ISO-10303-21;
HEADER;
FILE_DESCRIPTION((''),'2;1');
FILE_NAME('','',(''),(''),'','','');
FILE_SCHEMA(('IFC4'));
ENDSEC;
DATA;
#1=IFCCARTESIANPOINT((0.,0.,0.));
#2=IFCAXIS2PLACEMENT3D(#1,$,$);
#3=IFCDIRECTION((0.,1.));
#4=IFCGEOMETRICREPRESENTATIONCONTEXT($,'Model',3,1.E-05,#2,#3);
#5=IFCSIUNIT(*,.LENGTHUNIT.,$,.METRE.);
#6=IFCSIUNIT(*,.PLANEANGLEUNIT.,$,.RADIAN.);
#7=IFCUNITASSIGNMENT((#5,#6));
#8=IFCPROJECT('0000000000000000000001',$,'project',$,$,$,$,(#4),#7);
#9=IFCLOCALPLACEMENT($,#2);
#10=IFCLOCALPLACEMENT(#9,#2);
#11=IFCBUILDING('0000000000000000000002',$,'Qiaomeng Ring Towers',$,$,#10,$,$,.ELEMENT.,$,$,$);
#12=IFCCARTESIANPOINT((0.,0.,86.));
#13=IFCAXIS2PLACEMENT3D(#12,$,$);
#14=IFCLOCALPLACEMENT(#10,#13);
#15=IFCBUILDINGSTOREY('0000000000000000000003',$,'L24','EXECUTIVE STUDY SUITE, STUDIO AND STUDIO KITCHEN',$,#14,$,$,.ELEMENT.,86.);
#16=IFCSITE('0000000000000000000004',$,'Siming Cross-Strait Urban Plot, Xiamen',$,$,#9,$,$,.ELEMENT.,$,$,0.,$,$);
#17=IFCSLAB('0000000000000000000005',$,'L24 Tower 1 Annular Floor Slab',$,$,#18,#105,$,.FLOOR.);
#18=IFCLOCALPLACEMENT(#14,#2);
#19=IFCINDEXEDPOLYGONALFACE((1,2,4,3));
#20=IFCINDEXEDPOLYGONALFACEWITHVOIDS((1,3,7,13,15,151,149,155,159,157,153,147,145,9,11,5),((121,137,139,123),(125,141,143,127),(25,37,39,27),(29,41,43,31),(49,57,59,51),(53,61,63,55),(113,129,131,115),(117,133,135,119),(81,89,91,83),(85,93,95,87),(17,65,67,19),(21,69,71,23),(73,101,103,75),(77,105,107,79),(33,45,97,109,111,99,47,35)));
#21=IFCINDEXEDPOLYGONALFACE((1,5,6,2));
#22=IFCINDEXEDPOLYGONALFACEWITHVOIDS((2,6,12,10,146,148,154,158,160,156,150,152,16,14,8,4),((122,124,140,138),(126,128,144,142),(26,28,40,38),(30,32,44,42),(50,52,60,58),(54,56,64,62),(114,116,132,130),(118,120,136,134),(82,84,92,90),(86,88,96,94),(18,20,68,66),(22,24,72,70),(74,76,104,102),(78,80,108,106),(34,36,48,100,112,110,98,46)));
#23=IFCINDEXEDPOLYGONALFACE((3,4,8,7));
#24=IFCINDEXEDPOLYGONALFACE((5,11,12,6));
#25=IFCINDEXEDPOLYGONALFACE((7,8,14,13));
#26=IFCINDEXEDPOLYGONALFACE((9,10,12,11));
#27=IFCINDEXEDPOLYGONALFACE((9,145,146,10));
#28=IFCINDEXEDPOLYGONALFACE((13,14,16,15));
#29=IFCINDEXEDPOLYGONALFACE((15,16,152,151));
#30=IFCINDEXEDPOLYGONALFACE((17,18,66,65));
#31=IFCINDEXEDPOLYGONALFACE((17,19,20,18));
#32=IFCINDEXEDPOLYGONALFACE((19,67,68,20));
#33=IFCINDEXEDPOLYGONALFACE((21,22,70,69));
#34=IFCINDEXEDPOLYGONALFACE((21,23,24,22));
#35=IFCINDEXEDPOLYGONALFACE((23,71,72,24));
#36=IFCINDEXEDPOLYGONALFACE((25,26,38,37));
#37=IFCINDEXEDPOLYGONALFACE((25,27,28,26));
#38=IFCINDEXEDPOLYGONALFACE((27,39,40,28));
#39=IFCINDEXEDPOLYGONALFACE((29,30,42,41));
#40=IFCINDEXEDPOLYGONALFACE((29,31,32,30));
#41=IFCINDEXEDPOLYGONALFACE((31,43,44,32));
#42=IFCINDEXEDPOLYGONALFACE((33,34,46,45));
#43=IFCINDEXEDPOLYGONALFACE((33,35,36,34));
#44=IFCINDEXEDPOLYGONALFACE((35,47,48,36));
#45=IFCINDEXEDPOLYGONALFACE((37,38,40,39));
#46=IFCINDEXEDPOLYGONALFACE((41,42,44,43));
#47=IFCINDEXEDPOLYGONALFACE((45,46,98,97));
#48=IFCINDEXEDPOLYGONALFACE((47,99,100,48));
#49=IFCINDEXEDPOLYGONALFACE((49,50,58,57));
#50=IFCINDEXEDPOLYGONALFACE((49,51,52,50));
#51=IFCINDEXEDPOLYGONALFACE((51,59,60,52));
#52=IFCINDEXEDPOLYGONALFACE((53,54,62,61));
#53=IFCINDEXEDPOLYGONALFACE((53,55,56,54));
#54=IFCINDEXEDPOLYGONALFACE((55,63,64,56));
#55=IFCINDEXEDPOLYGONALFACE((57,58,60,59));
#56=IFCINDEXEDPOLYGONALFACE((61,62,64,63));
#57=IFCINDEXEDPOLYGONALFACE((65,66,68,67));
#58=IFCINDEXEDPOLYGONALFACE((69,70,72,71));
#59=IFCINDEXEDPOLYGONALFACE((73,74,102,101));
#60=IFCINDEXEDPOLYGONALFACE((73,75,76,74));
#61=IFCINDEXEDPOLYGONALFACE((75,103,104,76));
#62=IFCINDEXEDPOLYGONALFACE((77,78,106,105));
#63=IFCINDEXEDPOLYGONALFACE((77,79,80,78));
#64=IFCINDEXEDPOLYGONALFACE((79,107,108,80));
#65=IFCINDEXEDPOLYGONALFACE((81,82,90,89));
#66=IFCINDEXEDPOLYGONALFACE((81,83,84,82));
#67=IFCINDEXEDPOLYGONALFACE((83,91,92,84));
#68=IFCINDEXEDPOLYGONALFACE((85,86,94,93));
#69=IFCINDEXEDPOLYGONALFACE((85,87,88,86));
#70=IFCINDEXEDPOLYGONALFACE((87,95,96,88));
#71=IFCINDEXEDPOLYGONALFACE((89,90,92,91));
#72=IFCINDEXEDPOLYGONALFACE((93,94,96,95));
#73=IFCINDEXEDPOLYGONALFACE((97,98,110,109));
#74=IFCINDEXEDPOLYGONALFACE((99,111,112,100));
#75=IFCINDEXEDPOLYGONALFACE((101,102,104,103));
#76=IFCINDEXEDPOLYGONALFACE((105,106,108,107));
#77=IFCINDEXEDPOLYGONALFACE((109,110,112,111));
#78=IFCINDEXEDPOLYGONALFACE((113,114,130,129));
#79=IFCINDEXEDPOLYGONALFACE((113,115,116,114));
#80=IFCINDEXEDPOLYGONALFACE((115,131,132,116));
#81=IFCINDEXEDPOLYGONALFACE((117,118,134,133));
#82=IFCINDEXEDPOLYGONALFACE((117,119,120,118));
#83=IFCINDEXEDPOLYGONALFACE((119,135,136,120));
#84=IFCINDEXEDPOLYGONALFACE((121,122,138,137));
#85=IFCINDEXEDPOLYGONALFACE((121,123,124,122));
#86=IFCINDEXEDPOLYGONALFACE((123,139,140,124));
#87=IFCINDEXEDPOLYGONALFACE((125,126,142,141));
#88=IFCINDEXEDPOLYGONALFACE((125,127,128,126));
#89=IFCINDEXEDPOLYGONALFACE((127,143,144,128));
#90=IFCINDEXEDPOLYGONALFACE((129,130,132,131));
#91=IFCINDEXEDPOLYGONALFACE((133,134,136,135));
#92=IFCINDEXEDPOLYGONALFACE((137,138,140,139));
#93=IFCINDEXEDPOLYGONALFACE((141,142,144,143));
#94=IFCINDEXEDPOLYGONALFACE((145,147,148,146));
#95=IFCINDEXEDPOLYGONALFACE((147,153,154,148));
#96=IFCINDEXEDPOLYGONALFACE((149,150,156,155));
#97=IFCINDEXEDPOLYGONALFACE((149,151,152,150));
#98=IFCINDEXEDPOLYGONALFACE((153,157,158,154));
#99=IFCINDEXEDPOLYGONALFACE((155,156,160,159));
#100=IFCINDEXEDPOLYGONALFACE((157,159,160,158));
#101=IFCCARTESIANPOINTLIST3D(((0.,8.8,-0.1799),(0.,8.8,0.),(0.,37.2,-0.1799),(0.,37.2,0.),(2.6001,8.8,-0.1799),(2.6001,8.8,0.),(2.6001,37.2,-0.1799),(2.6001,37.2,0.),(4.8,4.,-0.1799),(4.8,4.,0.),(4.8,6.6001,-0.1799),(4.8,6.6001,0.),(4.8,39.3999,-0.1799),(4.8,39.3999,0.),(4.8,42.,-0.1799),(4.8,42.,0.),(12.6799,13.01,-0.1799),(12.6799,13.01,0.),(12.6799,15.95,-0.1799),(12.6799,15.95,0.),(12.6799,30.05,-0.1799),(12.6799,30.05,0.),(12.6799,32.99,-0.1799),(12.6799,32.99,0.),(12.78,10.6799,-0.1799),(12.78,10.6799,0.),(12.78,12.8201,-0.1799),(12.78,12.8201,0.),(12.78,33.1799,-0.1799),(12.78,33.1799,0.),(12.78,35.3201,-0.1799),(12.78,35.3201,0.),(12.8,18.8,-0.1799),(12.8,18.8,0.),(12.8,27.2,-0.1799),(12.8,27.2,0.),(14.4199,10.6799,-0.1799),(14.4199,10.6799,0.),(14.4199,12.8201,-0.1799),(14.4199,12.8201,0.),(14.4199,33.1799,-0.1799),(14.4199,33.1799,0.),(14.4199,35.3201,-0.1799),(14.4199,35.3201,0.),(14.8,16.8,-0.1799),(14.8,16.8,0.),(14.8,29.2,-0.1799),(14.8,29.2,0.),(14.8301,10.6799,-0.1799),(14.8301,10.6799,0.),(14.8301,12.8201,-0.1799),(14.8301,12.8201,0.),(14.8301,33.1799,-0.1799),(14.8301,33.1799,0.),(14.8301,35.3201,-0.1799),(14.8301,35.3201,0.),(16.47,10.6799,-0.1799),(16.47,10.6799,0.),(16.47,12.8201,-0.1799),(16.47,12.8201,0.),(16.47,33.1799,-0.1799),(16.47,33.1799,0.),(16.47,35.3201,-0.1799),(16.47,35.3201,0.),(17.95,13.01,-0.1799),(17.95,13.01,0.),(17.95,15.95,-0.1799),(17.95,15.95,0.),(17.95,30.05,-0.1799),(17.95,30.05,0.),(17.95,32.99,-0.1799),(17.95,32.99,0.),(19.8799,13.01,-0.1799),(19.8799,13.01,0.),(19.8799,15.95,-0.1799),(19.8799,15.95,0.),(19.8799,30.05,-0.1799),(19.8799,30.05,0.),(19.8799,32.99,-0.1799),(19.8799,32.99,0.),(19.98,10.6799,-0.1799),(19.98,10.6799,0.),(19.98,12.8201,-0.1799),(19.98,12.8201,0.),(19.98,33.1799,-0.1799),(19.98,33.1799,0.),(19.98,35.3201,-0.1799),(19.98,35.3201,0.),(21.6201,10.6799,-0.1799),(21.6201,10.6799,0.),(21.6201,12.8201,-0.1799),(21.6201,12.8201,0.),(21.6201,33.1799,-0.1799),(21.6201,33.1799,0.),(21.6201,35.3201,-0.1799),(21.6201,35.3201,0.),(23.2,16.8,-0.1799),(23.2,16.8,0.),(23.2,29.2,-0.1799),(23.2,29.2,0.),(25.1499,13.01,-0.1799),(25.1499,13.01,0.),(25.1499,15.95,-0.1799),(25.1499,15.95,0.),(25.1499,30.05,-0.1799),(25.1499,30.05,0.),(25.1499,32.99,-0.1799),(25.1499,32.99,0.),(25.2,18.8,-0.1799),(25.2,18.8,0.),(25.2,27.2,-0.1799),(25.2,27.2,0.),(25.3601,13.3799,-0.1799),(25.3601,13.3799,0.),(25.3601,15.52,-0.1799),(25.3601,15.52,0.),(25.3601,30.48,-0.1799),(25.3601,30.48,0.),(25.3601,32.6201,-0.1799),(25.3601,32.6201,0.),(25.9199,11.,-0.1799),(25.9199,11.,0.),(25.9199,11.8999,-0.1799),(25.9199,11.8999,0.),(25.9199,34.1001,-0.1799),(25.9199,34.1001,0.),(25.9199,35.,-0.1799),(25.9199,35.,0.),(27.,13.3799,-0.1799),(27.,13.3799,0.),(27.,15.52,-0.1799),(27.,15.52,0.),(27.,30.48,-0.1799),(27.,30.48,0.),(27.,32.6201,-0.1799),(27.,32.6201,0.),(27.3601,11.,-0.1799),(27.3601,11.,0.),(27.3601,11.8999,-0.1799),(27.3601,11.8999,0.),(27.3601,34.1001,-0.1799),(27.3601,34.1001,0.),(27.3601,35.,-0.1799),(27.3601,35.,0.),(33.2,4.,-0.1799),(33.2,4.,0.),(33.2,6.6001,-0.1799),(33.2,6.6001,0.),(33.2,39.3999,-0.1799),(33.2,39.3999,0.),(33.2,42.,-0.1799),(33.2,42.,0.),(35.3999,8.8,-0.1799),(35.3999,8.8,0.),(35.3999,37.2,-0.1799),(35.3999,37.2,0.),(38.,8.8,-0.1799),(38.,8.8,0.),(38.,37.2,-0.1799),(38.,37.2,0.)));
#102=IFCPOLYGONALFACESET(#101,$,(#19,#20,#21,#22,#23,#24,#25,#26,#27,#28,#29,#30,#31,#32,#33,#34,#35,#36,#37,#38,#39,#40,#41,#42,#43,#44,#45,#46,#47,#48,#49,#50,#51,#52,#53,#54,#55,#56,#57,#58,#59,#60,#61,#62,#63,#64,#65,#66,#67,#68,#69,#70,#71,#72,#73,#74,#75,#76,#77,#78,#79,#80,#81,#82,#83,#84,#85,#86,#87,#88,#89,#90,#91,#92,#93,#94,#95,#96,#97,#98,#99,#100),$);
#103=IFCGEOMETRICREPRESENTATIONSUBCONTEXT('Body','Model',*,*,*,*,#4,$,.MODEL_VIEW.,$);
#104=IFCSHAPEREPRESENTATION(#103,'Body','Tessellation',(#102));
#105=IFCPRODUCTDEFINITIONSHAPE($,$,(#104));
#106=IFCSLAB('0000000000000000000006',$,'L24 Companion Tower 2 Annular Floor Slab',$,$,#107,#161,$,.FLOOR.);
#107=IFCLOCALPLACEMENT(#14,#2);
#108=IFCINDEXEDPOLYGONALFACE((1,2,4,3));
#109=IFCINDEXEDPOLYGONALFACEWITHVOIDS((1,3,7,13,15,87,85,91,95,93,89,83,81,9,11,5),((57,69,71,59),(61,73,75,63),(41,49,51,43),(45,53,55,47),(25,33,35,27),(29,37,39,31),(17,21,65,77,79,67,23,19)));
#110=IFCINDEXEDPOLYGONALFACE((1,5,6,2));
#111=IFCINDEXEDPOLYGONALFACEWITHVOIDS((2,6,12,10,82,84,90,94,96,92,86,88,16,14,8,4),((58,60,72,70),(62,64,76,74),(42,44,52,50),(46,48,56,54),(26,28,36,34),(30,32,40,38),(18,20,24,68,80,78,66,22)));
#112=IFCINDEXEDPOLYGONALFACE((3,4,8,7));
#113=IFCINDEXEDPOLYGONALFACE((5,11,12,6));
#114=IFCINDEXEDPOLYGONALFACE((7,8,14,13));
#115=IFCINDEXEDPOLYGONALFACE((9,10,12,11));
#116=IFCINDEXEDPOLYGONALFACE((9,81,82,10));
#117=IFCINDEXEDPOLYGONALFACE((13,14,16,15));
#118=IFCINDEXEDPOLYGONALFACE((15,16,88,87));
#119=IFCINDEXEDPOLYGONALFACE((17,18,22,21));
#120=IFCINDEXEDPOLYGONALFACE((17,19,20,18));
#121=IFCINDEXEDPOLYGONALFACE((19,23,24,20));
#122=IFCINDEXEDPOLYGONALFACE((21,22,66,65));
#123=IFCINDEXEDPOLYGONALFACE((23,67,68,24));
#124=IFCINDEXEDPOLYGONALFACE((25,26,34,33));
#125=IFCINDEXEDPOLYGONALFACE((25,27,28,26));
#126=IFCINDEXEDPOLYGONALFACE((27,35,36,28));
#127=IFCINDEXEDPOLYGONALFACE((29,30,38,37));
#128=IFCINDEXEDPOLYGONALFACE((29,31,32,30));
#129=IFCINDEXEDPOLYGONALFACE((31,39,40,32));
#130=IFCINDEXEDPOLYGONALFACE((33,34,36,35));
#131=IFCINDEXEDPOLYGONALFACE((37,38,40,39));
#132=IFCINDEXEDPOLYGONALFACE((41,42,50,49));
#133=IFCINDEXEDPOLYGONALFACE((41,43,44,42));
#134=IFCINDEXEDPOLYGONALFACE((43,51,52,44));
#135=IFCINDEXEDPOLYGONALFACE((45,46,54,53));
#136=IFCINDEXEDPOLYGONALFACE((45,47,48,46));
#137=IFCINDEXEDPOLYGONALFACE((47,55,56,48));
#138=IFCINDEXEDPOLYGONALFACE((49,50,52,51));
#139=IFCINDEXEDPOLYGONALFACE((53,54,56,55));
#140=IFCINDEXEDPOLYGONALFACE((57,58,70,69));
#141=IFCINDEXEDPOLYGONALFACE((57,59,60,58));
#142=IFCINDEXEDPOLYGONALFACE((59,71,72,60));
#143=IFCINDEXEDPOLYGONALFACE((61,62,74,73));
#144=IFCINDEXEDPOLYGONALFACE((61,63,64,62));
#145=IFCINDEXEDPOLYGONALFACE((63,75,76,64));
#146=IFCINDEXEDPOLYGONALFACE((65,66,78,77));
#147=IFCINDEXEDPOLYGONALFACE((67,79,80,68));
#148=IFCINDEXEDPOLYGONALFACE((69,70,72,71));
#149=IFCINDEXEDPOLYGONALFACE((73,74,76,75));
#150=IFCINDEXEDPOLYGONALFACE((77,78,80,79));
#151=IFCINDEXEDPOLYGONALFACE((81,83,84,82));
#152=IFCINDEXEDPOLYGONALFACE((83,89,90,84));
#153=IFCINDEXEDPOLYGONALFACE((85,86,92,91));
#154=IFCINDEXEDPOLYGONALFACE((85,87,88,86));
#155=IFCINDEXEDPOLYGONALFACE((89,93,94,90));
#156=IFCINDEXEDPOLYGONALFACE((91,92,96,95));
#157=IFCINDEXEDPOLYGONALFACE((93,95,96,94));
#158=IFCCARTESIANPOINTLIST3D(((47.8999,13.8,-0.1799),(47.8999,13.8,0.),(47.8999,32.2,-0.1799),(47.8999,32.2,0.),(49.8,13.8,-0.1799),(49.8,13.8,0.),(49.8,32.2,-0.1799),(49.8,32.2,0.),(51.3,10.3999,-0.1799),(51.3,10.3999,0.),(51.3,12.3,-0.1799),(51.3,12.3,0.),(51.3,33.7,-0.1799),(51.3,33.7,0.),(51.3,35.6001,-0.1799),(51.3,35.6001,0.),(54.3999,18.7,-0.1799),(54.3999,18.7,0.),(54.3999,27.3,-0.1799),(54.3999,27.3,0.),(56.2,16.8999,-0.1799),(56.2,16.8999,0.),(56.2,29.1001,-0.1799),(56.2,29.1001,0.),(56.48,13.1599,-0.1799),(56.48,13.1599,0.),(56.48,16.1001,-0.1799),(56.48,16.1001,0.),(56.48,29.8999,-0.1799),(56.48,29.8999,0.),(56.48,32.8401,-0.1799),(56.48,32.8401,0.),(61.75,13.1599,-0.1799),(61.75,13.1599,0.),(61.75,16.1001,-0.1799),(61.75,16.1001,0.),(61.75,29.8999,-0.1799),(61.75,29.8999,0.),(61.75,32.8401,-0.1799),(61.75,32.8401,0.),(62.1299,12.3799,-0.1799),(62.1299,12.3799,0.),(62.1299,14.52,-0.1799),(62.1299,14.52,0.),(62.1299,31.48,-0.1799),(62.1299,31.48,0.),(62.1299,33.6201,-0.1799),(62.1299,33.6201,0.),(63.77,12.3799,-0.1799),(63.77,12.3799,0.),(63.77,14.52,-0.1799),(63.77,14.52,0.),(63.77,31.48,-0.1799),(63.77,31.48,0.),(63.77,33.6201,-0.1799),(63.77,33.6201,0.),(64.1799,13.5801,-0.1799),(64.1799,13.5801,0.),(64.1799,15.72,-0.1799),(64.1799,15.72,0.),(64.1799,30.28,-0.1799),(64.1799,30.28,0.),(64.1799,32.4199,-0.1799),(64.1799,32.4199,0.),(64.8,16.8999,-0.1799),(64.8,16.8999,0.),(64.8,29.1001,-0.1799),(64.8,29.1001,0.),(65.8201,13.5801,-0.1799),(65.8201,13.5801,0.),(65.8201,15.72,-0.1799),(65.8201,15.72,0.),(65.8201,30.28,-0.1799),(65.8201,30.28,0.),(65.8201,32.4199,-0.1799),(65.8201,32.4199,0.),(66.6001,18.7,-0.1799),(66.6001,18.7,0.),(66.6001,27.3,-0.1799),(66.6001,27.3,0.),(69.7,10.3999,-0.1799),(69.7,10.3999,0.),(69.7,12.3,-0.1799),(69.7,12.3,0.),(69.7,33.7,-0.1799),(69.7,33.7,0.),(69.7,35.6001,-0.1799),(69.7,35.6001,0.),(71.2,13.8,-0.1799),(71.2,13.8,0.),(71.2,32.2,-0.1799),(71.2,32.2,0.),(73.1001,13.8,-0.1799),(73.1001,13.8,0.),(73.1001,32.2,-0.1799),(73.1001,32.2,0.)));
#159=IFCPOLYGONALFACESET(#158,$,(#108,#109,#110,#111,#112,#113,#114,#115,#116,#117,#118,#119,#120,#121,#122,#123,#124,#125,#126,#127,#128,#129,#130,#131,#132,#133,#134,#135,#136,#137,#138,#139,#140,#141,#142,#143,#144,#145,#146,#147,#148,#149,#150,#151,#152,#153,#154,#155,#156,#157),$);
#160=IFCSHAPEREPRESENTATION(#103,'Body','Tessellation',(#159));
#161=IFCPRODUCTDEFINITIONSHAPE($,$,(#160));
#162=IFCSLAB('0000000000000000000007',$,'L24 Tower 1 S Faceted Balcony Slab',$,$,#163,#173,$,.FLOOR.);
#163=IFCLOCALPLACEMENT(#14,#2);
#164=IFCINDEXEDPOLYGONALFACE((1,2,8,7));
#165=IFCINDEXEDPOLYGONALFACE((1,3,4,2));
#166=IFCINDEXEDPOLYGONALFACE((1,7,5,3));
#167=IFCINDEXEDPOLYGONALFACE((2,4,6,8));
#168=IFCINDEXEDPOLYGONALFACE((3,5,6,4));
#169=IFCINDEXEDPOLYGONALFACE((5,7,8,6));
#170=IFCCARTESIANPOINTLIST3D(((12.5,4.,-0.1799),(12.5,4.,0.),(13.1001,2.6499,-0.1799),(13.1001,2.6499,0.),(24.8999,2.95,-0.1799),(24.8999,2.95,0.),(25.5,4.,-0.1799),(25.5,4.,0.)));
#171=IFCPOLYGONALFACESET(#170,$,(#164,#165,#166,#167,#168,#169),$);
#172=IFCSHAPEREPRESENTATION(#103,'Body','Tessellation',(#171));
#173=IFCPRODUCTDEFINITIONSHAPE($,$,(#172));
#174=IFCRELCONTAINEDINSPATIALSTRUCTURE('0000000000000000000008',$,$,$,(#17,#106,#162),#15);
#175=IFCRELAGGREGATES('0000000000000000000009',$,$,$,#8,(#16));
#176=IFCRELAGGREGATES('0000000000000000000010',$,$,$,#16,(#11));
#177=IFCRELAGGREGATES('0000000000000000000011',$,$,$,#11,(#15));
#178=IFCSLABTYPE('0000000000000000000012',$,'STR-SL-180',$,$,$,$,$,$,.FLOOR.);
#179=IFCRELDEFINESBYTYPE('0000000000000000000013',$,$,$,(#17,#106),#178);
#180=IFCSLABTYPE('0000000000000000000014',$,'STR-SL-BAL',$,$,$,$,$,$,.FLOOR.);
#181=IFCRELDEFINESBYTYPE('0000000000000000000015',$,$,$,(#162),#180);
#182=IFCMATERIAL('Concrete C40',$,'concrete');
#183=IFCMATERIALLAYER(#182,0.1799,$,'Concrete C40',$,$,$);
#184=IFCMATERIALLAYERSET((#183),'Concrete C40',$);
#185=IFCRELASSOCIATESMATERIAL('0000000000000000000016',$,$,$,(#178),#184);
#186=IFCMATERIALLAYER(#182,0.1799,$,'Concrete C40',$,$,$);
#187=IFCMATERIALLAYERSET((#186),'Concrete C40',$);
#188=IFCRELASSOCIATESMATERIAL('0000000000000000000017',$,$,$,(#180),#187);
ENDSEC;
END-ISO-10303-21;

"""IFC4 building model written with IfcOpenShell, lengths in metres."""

from ifc_helpers import new_model, si_unit, direction, frame, origin, place, context, subcontext, project, spatial, polyline, outline, extrude, material, layer, layer_set, type_object, element, save


model = new_model("IFC4")

# Units and contexts
model_context = context("Model", 3, precision=1e-05, world=origin(), true_north=direction((0.0, 1.0)))
body_context = subcontext(model_context, "Body", "Model", "MODEL_VIEW")
ifc_project = project(units=[si_unit("LENGTHUNIT", "METRE"), si_unit("PLANEANGLEUNIT", "RADIAN")], contexts=[model_context])

# Site, building, storey
site_placement = place(None, origin())
site = spatial("IfcSite", under=ifc_project, at=site_placement, Name="Siming Cross-Strait Urban Plot, Xiamen", CompositionType="ELEMENT", RefElevation=0.0)
building_placement = place(site_placement, origin())
building = spatial("IfcBuilding", under=site, at=building_placement, Name="Qiaomeng Ring Towers", CompositionType="ELEMENT")
storey_placement = place(building_placement, frame((0.0, 0.0, 86.0)))
storey = spatial("IfcBuildingStorey", under=building, at=storey_placement, Name="L24", Description="EXECUTIVE STUDY SUITE, STUDIO AND STUDIO KITCHEN", CompositionType="ELEMENT", Elevation=86.0)

# Slabs
ifc_material_1 = material(Name="Concrete C40", Category="concrete")
ifc_layer_1 = layer(ifc_material_1, 0.1799, Name="Concrete C40")
ifc_layer_set_1 = layer_set([ifc_layer_1], Name="Concrete C40")
slab_type_1 = type_object("IfcSlabType", Name="STR-SL-180", PredefinedType="FLOOR", material=ifc_layer_set_1)
slab_1_placement = place(storey_placement, frame((0.0, 0.0, -0.1799)))
element("IfcSlab", 1, at=slab_1_placement, inside=storey, type_object=slab_type_1, Name="L24 Tower 1 Annular Floor Slab", PredefinedType="FLOOR", context=body_context, shape_type="SweptSolid", body=[
    extrude(outline(polyline([(4.8, 4.0), (33.2, 4.0), (33.2, 6.6001), (35.3999, 8.8), (38.0, 8.8), (38.0, 37.2), (35.3999, 37.2), (33.2, 39.3999), (33.2, 42.0), (4.8, 42.0), (4.8, 39.3999), (2.6001, 37.2), (0.0, 37.2), (0.0, 8.8), (2.6001, 8.8), (4.8, 6.6001), (4.8, 4.0)]), holes=[polyline([(12.78, 10.6799), (12.78, 12.8201), (14.4199, 12.8201), (14.4199, 10.6799), (12.78, 10.6799)]), polyline([(14.8301, 12.8201), (16.47, 12.8201), (16.47, 10.6799), (14.8301, 10.6799), (14.8301, 12.8201)]), polyline([(12.6799, 15.95), (17.95, 15.95), (17.95, 13.01), (12.6799, 13.01), (12.6799, 15.95)]), polyline([(25.2, 27.2), (25.2, 18.8), (23.2, 16.8), (14.8, 16.8), (12.8, 18.8), (12.8, 27.2), (14.8, 29.2), (23.2, 29.2), (25.2, 27.2)]), polyline([(12.6799, 32.99), (17.95, 32.99), (17.95, 30.05), (12.6799, 30.05), (12.6799, 32.99)]), polyline([(12.78, 35.3201), (14.4199, 35.3201), (14.4199, 33.1799), (12.78, 33.1799), (12.78, 35.3201)]), polyline([(14.8301, 35.3201), (16.47, 35.3201), (16.47, 33.1799), (14.8301, 33.1799), (14.8301, 35.3201)]), polyline([(19.98, 35.3201), (21.6201, 35.3201), (21.6201, 33.1799), (19.98, 33.1799), (19.98, 35.3201)]), polyline([(25.9199, 11.8999), (27.3601, 11.8999), (27.3601, 11.0), (25.9199, 11.0), (25.9199, 11.8999)]), polyline([(19.98, 12.8201), (21.6201, 12.8201), (21.6201, 10.6799), (19.98, 10.6799), (19.98, 12.8201)]), polyline([(25.3601, 15.52), (27.0, 15.52), (27.0, 13.3799), (25.3601, 13.3799), (25.3601, 15.52)]), polyline([(19.8799, 15.95), (25.1499, 15.95), (25.1499, 13.01), (19.8799, 13.01), (19.8799, 15.95)]), polyline([(19.8799, 32.99), (25.1499, 32.99), (25.1499, 30.05), (19.8799, 30.05), (19.8799, 32.99)]), polyline([(25.3601, 32.6201), (27.0, 32.6201), (27.0, 30.48), (25.3601, 30.48), (25.3601, 32.6201)]), polyline([(25.9199, 35.0), (27.3601, 35.0), (27.3601, 34.1001), (25.9199, 34.1001), (25.9199, 35.0)])]), origin(), (0.0, 0.0, 1.0), 0.1799),
])
slab_2_placement = place(storey_placement, frame((0.0, 0.0, -0.1799)))
element("IfcSlab", 2, at=slab_2_placement, inside=storey, type_object=slab_type_1, Name="L24 Companion Tower 2 Annular Floor Slab", PredefinedType="FLOOR", context=body_context, shape_type="SweptSolid", body=[
    extrude(outline(polyline([(51.3, 10.3999), (69.7, 10.3999), (69.7, 12.3), (71.2, 13.8), (73.1001, 13.8), (73.1001, 32.2), (71.2, 32.2), (69.7, 33.7), (69.7, 35.6001), (51.3, 35.6001), (51.3, 33.7), (49.8, 32.2), (47.8999, 32.2), (47.8999, 13.8), (49.8, 13.8), (51.3, 12.3), (51.3, 10.3999)]), holes=[polyline([(62.1299, 12.3799), (62.1299, 14.52), (63.77, 14.52), (63.77, 12.3799), (62.1299, 12.3799)]), polyline([(56.48, 13.1599), (56.48, 16.1001), (61.75, 16.1001), (61.75, 13.1599), (56.48, 13.1599)]), polyline([(64.1799, 13.5801), (64.1799, 15.72), (65.8201, 15.72), (65.8201, 13.5801), (64.1799, 13.5801)]), polyline([(64.8, 29.1001), (66.6001, 27.3), (66.6001, 18.7), (64.8, 16.8999), (56.2, 16.8999), (54.3999, 18.7), (54.3999, 27.3), (56.2, 29.1001), (64.8, 29.1001)]), polyline([(64.1799, 30.28), (64.1799, 32.4199), (65.8201, 32.4199), (65.8201, 30.28), (64.1799, 30.28)]), polyline([(56.48, 32.8401), (61.75, 32.8401), (61.75, 29.8999), (56.48, 29.8999), (56.48, 32.8401)]), polyline([(62.1299, 33.6201), (63.77, 33.6201), (63.77, 31.48), (62.1299, 31.48), (62.1299, 33.6201)])]), origin(), (0.0, 0.0, 1.0), 0.1799),
])
ifc_layer_2 = layer(ifc_material_1, 0.1799, Name="Concrete C40")
ifc_layer_set_2 = layer_set([ifc_layer_2], Name="Concrete C40")
slab_type_2 = type_object("IfcSlabType", Name="STR-SL-BAL", PredefinedType="FLOOR", material=ifc_layer_set_2)
slab_3_placement = place(storey_placement, frame((0.0, 0.0, -0.1799)))
element("IfcSlab", 3, at=slab_3_placement, inside=storey, type_object=slab_type_2, Name="L24 Tower 1 S Faceted Balcony Slab", PredefinedType="FLOOR", context=body_context, shape_type="SweptSolid", body=[
    extrude(outline(polyline([(24.8999, 2.95), (13.1001, 2.6499), (12.5, 4.0), (25.5, 4.0), (24.8999, 2.95)])), origin(), (0.0, 0.0, 1.0), 0.1799),
])

save(model, "model.ifc")
